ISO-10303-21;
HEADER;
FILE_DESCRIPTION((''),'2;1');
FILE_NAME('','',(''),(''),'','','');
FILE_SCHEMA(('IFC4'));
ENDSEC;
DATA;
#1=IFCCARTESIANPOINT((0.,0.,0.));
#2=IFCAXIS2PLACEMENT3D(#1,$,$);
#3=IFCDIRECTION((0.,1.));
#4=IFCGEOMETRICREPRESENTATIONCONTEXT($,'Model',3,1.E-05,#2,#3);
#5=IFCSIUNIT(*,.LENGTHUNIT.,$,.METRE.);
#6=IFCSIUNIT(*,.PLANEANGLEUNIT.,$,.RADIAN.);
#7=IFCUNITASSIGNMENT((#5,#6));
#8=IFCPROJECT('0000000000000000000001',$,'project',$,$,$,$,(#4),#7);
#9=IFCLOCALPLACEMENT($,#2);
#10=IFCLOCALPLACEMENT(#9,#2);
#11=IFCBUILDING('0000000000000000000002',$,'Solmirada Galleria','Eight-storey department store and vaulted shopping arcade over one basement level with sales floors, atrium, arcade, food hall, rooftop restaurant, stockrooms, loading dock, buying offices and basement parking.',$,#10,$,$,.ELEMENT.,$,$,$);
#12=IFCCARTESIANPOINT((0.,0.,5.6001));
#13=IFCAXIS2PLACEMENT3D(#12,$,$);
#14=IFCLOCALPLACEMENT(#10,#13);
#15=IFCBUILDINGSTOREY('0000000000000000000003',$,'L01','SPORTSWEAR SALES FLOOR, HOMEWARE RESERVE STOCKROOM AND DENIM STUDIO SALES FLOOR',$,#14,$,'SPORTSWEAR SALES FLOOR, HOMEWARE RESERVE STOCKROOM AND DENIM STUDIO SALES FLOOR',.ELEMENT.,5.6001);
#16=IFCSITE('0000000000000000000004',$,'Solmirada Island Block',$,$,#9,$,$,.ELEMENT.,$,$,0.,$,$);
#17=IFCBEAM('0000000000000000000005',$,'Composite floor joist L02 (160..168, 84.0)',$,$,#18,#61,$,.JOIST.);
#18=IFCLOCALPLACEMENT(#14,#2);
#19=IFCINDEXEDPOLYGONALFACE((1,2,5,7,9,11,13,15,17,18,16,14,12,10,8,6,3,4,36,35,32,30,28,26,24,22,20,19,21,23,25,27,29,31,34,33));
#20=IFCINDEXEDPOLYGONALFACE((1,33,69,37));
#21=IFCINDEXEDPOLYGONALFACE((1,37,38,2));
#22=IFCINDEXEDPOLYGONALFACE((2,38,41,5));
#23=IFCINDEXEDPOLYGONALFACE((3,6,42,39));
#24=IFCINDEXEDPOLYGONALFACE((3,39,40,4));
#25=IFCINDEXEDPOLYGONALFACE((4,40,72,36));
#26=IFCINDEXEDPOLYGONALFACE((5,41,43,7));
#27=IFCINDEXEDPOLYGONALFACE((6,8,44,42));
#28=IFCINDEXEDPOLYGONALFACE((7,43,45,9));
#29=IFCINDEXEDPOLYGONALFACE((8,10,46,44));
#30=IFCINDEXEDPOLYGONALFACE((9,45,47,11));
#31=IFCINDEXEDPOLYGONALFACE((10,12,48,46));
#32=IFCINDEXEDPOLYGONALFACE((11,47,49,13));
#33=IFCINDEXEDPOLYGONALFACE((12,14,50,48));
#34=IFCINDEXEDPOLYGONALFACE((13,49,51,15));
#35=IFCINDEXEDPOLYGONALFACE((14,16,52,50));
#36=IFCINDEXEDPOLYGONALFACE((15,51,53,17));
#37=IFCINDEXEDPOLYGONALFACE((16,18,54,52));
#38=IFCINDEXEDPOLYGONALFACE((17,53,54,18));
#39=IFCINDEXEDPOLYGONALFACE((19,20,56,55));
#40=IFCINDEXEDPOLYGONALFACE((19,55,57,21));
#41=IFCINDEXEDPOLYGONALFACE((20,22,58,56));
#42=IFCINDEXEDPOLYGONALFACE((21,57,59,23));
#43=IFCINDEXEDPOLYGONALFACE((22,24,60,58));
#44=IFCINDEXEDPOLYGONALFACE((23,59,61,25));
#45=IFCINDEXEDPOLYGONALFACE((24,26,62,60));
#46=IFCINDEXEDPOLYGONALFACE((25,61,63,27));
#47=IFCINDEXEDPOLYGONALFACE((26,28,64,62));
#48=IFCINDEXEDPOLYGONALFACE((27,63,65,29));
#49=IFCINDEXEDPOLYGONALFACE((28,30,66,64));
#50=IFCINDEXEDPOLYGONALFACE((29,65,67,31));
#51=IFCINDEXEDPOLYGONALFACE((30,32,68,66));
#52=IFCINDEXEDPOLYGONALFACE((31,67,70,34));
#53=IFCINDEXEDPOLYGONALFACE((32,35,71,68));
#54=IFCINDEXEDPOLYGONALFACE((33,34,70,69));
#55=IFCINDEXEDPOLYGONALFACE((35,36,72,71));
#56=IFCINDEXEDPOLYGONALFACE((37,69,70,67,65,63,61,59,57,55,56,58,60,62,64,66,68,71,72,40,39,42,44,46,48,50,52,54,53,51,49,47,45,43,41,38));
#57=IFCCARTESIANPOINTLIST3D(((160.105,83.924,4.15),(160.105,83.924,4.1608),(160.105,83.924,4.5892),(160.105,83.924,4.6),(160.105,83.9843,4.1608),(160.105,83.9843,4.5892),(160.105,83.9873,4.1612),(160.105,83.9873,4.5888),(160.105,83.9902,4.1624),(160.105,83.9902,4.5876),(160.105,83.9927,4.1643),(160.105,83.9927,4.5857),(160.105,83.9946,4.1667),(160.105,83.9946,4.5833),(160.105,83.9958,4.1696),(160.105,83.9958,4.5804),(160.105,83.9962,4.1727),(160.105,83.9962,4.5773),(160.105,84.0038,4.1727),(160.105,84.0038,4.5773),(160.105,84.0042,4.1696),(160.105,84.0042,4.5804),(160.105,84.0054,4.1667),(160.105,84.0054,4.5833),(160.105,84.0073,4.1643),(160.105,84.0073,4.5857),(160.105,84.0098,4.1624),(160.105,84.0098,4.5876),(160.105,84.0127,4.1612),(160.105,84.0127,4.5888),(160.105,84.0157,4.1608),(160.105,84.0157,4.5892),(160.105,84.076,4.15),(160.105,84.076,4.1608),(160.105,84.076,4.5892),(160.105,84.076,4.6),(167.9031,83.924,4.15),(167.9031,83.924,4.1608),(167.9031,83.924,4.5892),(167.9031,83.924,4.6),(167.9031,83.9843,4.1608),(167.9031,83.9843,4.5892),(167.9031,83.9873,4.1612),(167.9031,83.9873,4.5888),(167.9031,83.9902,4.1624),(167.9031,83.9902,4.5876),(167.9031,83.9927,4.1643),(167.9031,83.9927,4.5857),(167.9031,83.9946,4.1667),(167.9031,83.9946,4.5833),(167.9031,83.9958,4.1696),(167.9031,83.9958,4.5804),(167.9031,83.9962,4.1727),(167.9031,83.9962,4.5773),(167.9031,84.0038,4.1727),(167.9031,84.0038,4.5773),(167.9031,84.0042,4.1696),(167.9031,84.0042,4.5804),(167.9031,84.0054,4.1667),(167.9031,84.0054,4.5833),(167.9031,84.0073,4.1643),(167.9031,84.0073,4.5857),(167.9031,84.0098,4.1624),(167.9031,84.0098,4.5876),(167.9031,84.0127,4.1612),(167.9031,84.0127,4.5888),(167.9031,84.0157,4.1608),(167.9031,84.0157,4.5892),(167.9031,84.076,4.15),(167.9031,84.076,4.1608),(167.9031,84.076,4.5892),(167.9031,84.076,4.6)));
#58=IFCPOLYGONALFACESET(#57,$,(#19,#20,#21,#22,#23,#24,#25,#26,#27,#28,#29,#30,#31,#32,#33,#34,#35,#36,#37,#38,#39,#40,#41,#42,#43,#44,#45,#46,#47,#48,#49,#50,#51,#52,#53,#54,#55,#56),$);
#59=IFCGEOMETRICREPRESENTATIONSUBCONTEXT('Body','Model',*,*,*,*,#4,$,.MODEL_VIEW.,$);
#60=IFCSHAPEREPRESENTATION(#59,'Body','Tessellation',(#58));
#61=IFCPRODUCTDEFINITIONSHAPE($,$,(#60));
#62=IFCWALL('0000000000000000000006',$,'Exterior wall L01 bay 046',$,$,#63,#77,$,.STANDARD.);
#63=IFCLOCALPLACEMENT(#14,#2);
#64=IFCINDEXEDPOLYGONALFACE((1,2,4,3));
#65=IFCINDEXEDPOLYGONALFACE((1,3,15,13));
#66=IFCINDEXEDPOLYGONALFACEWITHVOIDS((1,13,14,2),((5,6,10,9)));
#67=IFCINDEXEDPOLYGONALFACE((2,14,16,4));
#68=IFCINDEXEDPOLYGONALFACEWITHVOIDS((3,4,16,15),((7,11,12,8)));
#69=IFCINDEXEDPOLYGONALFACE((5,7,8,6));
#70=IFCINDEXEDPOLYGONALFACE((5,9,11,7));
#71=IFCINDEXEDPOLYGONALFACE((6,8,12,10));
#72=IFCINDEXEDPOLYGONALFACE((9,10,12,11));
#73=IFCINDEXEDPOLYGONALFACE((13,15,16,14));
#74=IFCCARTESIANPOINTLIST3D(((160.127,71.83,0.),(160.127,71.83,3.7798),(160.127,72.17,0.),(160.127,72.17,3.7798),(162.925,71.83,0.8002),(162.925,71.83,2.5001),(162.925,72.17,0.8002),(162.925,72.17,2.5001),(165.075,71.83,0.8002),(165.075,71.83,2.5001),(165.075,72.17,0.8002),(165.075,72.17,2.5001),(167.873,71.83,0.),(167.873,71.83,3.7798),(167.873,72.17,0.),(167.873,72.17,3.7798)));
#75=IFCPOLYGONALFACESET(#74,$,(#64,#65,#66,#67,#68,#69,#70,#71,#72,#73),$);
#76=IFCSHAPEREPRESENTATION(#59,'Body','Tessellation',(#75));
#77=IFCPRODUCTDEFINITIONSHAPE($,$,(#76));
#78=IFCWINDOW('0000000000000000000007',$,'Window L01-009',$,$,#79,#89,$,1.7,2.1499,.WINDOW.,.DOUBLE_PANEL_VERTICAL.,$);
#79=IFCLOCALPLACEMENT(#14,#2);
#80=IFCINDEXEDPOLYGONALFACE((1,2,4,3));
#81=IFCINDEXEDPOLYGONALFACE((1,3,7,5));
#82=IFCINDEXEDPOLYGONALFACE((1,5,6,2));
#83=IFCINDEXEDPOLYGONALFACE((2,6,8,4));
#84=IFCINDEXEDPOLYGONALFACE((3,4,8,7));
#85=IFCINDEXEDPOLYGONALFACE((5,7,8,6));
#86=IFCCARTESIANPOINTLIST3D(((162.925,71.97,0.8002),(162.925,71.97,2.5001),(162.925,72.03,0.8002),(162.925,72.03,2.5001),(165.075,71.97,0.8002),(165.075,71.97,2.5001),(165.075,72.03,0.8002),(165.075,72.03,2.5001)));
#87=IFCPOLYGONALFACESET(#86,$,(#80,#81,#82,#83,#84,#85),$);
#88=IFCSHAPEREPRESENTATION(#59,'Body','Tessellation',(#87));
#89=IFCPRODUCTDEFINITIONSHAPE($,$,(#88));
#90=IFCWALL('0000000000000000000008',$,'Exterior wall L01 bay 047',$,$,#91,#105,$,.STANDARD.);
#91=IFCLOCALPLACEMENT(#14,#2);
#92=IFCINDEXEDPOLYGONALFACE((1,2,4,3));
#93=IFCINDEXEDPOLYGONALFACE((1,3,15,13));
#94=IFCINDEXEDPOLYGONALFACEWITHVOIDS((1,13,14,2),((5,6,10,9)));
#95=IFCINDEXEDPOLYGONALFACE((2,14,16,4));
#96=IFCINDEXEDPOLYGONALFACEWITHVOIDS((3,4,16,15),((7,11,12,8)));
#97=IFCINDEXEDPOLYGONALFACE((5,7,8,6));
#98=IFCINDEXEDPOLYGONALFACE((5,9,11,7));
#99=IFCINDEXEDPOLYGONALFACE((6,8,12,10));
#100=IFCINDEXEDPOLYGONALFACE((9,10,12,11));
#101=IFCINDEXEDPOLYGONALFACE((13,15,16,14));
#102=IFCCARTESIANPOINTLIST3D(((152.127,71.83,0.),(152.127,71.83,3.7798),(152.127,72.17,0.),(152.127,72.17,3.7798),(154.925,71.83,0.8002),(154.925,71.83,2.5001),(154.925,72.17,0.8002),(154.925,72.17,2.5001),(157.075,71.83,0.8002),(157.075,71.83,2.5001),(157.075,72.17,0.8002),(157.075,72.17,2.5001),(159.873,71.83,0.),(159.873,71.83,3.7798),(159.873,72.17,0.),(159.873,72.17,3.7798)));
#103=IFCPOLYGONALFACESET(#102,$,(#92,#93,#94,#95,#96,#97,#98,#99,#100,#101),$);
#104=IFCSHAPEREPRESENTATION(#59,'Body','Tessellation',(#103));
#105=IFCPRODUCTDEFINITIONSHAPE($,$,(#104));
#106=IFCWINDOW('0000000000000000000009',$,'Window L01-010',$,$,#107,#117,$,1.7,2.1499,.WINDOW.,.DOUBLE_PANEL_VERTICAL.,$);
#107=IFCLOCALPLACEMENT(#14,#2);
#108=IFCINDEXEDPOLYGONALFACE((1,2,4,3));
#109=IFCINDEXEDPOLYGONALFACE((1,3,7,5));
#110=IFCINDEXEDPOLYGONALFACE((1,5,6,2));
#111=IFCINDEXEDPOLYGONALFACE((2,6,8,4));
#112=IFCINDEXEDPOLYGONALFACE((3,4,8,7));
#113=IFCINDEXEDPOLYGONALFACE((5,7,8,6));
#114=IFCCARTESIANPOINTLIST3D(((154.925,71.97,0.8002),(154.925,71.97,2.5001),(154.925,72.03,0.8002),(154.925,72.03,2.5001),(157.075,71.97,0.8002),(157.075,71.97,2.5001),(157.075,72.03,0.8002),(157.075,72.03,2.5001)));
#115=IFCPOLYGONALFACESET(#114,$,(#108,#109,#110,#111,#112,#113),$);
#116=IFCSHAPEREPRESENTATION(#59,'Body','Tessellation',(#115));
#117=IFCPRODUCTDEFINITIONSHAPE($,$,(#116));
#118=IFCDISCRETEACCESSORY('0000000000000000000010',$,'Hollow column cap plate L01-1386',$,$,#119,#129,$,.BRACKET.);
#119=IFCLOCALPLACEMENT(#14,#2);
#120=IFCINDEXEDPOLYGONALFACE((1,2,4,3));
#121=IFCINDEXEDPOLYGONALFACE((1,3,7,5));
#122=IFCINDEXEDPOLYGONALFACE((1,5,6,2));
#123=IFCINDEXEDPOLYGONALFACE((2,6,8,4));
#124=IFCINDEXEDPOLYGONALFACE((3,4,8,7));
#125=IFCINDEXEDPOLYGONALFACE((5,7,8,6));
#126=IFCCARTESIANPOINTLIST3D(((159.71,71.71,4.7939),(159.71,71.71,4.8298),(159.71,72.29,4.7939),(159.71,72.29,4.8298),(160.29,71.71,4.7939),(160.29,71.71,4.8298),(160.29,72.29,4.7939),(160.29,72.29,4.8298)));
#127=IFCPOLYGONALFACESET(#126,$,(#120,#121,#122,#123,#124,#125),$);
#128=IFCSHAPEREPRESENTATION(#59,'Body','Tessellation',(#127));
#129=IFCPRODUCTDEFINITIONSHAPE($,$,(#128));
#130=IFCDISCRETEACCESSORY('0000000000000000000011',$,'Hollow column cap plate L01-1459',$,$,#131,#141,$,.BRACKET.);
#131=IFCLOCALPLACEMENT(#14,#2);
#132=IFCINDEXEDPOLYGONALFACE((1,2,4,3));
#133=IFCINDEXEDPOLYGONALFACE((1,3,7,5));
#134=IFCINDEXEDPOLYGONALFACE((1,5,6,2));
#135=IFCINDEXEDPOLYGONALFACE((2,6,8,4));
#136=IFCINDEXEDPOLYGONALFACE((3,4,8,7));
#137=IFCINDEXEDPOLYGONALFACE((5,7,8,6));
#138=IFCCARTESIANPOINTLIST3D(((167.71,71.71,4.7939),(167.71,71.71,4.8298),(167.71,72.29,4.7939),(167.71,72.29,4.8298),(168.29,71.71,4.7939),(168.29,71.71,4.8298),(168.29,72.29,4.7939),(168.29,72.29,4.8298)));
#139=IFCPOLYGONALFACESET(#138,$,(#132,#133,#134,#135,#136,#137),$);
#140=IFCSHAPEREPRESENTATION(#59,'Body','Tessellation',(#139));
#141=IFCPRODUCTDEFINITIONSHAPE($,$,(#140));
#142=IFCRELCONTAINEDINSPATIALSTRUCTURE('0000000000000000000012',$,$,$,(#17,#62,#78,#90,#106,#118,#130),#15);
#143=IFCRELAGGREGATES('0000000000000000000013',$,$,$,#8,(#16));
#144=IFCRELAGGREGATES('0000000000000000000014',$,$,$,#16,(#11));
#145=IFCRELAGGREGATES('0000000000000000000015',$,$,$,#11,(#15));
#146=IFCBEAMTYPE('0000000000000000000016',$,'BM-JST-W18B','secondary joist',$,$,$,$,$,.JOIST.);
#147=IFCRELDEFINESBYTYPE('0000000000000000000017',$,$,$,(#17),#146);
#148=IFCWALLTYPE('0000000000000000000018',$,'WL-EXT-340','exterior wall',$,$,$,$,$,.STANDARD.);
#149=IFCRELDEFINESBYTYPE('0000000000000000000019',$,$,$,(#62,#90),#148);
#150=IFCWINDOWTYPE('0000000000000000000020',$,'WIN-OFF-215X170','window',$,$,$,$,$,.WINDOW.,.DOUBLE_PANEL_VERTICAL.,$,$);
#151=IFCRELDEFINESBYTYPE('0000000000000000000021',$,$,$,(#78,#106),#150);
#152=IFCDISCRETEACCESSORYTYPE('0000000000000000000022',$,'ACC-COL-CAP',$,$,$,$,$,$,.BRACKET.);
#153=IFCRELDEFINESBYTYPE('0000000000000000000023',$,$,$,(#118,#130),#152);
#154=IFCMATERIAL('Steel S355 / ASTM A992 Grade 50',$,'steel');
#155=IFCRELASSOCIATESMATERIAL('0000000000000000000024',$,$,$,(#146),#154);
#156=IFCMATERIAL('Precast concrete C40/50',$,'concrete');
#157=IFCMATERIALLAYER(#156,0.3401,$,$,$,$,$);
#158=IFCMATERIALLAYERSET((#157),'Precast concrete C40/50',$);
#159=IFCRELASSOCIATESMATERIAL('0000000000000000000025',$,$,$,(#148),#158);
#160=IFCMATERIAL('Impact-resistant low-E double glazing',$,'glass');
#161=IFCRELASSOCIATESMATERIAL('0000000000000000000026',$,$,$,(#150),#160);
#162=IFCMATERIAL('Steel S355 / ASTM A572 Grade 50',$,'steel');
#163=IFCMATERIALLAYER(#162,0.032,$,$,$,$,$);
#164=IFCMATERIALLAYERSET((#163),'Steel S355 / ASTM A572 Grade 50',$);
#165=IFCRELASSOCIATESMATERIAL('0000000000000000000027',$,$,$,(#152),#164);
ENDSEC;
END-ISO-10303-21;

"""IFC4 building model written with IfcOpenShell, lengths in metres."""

from ifc_helpers import new_model, si_unit, direction, frame, frame_2d, origin, origin_2d, place, context, subcontext, project, spatial, rectangle, i_section, extrude, material, layer, layer_set, material_profile, profile_set, type_object, element, fill, save


model = new_model("IFC4")

# Units and contexts
model_context = context("Model", 3, precision=1e-05, world=origin(), true_north=direction((0.0, 1.0)))
body_context = subcontext(model_context, "Body", "Model", "MODEL_VIEW")
ifc_project = project(units=[si_unit("LENGTHUNIT", "METRE"), si_unit("PLANEANGLEUNIT", "RADIAN")], contexts=[model_context])

# Site, building, storey
site_placement = place(None, origin())
site = spatial("IfcSite", under=ifc_project, at=site_placement, Name="Solmirada Island Block", CompositionType="ELEMENT", RefElevation=0.0)
building_placement = place(site_placement, origin())
building = spatial("IfcBuilding", under=site, at=building_placement, Name="Solmirada Galleria", Description="Eight-storey department store and vaulted shopping arcade over one basement level with sales floors, atrium, arcade, food hall, rooftop restaurant, stockrooms, loading dock, buying offices and basement parking.", CompositionType="ELEMENT")
storey_placement = place(building_placement, frame((0.0, 0.0, 5.6001)))
storey = spatial("IfcBuildingStorey", under=building, at=storey_placement, Name="L01", Description="SPORTSWEAR SALES FLOOR, HOMEWARE RESERVE STOCKROOM AND DENIM STUDIO SALES FLOOR", LongName="SPORTSWEAR SALES FLOOR, HOMEWARE RESERVE STOCKROOM AND DENIM STUDIO SALES FLOOR", CompositionType="ELEMENT", Elevation=5.6001)

# Beam
ifc_material_1 = material(Name="Steel S355 / ASTM A992 Grade 50", Category="steel")
ifc_material_profile_1 = material_profile(ifc_material_1, i_section(OverallWidth=0.1521, OverallDepth=0.45, WebThickness=0.0076, FlangeThickness=0.0107, FilletRadius=0.012, at=origin_2d()), Name="W18X35")
ifc_profile_set_1 = profile_set([ifc_material_profile_1], Name="Steel S355 / ASTM A992 Grade 50")
beam_type_1 = type_object("IfcBeamType", Name="BM-JST-W18B", Description="secondary joist", PredefinedType="JOIST", material=ifc_profile_set_1)
for number, where, z_axis, x_axis, name in (
    (1, (160.105, 84.0, 4.375), (1.0, 0.0, 0.0), (0.0, 1.0, 0.0), "Composite floor joist L02 (160..168, 84.0)"),
):
    element("IfcBeam", number, at=place(storey_placement, frame(where, z_axis=z_axis, x_axis=x_axis)), inside=storey, type_object=beam_type_1, Name=name, PredefinedType="JOIST", context=body_context, shape_type="SweptSolid", body=[
        extrude(i_section(OverallWidth=0.1521, OverallDepth=0.45, WebThickness=0.0076, FlangeThickness=0.0107, FilletRadius=0.012, at=origin_2d()), origin(), (0.0, 0.0, 1.0), 7.7981),
    ])

# Walls, openings, windows
ifc_material_2 = material(Name="Precast concrete C40/50", Category="concrete")
ifc_layer_1 = layer(ifc_material_2, 0.3401)
ifc_layer_set_1 = layer_set([ifc_layer_1], Name="Precast concrete C40/50")
wall_type = type_object("IfcWallType", Name="WL-EXT-340", Description="exterior wall", PredefinedType="STANDARD", material=ifc_layer_set_1)
wall_1_placement = place(storey_placement, frame((167.873, 72.0, 0.0), z_axis=(0.0, 0.0, 1.0), x_axis=(-1.0, 0.0, 0.0)))
wall_1 = element("IfcWall", 2, at=wall_1_placement, inside=storey, type_object=wall_type, Name="Exterior wall L01 bay 046", PredefinedType="STANDARD", context=body_context, shape_type="SweptSolid", body=[
    extrude(rectangle(XDim=7.7461, YDim=0.3401, at=frame_2d((3.873, 0.0))), origin(), (0.0, 0.0, 1.0), 3.7798),
])
opening_1_placement = place(wall_1_placement, frame((2.7981, 0.0, 0.8)))
opening_1 = element("IfcOpeningElement", 3, at=opening_1_placement, cuts=wall_1, PredefinedType="OPENING", context=body_context, shape_type="SweptSolid", body=[
    extrude(rectangle(XDim=2.1499, YDim=1.7, at=frame_2d((1.075, 0.8501))), frame((0.0, 0.1799, 0.0), z_axis=(0.0, -1.0, 0.0), x_axis=(1.0, 0.0, 0.0)), (0.0, 0.0, 1.0), 0.3601),
])
ifc_material_3 = material(Name="Impact-resistant low-E double glazing", Category="glass")
window_type = type_object("IfcWindowType", Name="WIN-OFF-215X170", Description="window", PartitioningType="DOUBLE_PANEL_VERTICAL", PredefinedType="WINDOW", material=ifc_material_3)
window_1_placement = place(opening_1_placement, origin())
window_1 = element("IfcWindow", 4, at=window_1_placement, inside=storey, type_object=window_type, Name="Window L01-009", OverallHeight=1.7, OverallWidth=2.1499, PartitioningType="DOUBLE_PANEL_VERTICAL", PredefinedType="WINDOW", context=body_context, shape_type="SweptSolid", body=[
    extrude(rectangle(XDim=2.1499, YDim=1.7, at=frame_2d((1.075, 0.8501))), frame((0.0, 0.03, 0.0), z_axis=(0.0, -1.0, 0.0), x_axis=(1.0, 0.0, 0.0)), (0.0, 0.0, 1.0), 0.0601),
])
fill(opening_1, window_1)
wall_2_placement = place(storey_placement, frame((159.873, 72.0, 0.0), z_axis=(0.0, 0.0, 1.0), x_axis=(-1.0, 0.0, 0.0)))
wall_2 = element("IfcWall", 5, at=wall_2_placement, inside=storey, type_object=wall_type, Name="Exterior wall L01 bay 047", PredefinedType="STANDARD", context=body_context, shape_type="SweptSolid", body=[
    extrude(rectangle(XDim=7.7461, YDim=0.3401, at=frame_2d((3.873, 0.0))), origin(), (0.0, 0.0, 1.0), 3.7798),
])
opening_2_placement = place(wall_2_placement, frame((2.7981, 0.0, 0.8)))
opening_2 = element("IfcOpeningElement", 6, at=opening_2_placement, cuts=wall_2, PredefinedType="OPENING", context=body_context, shape_type="SweptSolid", body=[
    extrude(rectangle(XDim=2.1499, YDim=1.7, at=frame_2d((1.075, 0.8501))), frame((0.0, 0.1799, 0.0), z_axis=(0.0, -1.0, 0.0), x_axis=(1.0, 0.0, 0.0)), (0.0, 0.0, 1.0), 0.3601),
])
window_2_placement = place(opening_2_placement, origin())
window_2 = element("IfcWindow", 7, at=window_2_placement, inside=storey, type_object=window_type, Name="Window L01-010", OverallHeight=1.7, OverallWidth=2.1499, PartitioningType="DOUBLE_PANEL_VERTICAL", PredefinedType="WINDOW", context=body_context, shape_type="SweptSolid", body=[
    extrude(rectangle(XDim=2.1499, YDim=1.7, at=frame_2d((1.075, 0.8501))), frame((0.0, 0.03, 0.0), z_axis=(0.0, -1.0, 0.0), x_axis=(1.0, 0.0, 0.0)), (0.0, 0.0, 1.0), 0.0601),
])
fill(opening_2, window_2)

# Discrete accessories
ifc_material_4 = material(Name="Steel S355 / ASTM A572 Grade 50", Category="steel")
ifc_layer_2 = layer(ifc_material_4, 0.032)
ifc_layer_set_2 = layer_set([ifc_layer_2], Name="Steel S355 / ASTM A572 Grade 50")
discrete_accessory_type = type_object("IfcDiscreteAccessoryType", Name="ACC-COL-CAP", PredefinedType="BRACKET", material=ifc_layer_set_2)
for number, where, z_axis, x_axis, name in (
    (8, (160.0, 72.0, 4.7939), (0.0, 0.0, 1.0), (1.0, 0.0, 0.0), "Hollow column cap plate L01-1386"),
    (9, (168.0, 72.0, 4.7939), (0.0, 0.0, 1.0), (1.0, 0.0, 0.0), "Hollow column cap plate L01-1459"),
):
    element("IfcDiscreteAccessory", number, at=place(storey_placement, frame(where, z_axis=z_axis, x_axis=x_axis)), inside=storey, type_object=discrete_accessory_type, Name=name, PredefinedType="BRACKET", context=body_context, shape_type="SweptSolid", body=[
        extrude(rectangle(XDim=0.5801, YDim=0.5801, at=origin_2d()), origin(), (0.0, 0.0, 1.0), 0.0359),
    ])

save(model, "model.ifc")
